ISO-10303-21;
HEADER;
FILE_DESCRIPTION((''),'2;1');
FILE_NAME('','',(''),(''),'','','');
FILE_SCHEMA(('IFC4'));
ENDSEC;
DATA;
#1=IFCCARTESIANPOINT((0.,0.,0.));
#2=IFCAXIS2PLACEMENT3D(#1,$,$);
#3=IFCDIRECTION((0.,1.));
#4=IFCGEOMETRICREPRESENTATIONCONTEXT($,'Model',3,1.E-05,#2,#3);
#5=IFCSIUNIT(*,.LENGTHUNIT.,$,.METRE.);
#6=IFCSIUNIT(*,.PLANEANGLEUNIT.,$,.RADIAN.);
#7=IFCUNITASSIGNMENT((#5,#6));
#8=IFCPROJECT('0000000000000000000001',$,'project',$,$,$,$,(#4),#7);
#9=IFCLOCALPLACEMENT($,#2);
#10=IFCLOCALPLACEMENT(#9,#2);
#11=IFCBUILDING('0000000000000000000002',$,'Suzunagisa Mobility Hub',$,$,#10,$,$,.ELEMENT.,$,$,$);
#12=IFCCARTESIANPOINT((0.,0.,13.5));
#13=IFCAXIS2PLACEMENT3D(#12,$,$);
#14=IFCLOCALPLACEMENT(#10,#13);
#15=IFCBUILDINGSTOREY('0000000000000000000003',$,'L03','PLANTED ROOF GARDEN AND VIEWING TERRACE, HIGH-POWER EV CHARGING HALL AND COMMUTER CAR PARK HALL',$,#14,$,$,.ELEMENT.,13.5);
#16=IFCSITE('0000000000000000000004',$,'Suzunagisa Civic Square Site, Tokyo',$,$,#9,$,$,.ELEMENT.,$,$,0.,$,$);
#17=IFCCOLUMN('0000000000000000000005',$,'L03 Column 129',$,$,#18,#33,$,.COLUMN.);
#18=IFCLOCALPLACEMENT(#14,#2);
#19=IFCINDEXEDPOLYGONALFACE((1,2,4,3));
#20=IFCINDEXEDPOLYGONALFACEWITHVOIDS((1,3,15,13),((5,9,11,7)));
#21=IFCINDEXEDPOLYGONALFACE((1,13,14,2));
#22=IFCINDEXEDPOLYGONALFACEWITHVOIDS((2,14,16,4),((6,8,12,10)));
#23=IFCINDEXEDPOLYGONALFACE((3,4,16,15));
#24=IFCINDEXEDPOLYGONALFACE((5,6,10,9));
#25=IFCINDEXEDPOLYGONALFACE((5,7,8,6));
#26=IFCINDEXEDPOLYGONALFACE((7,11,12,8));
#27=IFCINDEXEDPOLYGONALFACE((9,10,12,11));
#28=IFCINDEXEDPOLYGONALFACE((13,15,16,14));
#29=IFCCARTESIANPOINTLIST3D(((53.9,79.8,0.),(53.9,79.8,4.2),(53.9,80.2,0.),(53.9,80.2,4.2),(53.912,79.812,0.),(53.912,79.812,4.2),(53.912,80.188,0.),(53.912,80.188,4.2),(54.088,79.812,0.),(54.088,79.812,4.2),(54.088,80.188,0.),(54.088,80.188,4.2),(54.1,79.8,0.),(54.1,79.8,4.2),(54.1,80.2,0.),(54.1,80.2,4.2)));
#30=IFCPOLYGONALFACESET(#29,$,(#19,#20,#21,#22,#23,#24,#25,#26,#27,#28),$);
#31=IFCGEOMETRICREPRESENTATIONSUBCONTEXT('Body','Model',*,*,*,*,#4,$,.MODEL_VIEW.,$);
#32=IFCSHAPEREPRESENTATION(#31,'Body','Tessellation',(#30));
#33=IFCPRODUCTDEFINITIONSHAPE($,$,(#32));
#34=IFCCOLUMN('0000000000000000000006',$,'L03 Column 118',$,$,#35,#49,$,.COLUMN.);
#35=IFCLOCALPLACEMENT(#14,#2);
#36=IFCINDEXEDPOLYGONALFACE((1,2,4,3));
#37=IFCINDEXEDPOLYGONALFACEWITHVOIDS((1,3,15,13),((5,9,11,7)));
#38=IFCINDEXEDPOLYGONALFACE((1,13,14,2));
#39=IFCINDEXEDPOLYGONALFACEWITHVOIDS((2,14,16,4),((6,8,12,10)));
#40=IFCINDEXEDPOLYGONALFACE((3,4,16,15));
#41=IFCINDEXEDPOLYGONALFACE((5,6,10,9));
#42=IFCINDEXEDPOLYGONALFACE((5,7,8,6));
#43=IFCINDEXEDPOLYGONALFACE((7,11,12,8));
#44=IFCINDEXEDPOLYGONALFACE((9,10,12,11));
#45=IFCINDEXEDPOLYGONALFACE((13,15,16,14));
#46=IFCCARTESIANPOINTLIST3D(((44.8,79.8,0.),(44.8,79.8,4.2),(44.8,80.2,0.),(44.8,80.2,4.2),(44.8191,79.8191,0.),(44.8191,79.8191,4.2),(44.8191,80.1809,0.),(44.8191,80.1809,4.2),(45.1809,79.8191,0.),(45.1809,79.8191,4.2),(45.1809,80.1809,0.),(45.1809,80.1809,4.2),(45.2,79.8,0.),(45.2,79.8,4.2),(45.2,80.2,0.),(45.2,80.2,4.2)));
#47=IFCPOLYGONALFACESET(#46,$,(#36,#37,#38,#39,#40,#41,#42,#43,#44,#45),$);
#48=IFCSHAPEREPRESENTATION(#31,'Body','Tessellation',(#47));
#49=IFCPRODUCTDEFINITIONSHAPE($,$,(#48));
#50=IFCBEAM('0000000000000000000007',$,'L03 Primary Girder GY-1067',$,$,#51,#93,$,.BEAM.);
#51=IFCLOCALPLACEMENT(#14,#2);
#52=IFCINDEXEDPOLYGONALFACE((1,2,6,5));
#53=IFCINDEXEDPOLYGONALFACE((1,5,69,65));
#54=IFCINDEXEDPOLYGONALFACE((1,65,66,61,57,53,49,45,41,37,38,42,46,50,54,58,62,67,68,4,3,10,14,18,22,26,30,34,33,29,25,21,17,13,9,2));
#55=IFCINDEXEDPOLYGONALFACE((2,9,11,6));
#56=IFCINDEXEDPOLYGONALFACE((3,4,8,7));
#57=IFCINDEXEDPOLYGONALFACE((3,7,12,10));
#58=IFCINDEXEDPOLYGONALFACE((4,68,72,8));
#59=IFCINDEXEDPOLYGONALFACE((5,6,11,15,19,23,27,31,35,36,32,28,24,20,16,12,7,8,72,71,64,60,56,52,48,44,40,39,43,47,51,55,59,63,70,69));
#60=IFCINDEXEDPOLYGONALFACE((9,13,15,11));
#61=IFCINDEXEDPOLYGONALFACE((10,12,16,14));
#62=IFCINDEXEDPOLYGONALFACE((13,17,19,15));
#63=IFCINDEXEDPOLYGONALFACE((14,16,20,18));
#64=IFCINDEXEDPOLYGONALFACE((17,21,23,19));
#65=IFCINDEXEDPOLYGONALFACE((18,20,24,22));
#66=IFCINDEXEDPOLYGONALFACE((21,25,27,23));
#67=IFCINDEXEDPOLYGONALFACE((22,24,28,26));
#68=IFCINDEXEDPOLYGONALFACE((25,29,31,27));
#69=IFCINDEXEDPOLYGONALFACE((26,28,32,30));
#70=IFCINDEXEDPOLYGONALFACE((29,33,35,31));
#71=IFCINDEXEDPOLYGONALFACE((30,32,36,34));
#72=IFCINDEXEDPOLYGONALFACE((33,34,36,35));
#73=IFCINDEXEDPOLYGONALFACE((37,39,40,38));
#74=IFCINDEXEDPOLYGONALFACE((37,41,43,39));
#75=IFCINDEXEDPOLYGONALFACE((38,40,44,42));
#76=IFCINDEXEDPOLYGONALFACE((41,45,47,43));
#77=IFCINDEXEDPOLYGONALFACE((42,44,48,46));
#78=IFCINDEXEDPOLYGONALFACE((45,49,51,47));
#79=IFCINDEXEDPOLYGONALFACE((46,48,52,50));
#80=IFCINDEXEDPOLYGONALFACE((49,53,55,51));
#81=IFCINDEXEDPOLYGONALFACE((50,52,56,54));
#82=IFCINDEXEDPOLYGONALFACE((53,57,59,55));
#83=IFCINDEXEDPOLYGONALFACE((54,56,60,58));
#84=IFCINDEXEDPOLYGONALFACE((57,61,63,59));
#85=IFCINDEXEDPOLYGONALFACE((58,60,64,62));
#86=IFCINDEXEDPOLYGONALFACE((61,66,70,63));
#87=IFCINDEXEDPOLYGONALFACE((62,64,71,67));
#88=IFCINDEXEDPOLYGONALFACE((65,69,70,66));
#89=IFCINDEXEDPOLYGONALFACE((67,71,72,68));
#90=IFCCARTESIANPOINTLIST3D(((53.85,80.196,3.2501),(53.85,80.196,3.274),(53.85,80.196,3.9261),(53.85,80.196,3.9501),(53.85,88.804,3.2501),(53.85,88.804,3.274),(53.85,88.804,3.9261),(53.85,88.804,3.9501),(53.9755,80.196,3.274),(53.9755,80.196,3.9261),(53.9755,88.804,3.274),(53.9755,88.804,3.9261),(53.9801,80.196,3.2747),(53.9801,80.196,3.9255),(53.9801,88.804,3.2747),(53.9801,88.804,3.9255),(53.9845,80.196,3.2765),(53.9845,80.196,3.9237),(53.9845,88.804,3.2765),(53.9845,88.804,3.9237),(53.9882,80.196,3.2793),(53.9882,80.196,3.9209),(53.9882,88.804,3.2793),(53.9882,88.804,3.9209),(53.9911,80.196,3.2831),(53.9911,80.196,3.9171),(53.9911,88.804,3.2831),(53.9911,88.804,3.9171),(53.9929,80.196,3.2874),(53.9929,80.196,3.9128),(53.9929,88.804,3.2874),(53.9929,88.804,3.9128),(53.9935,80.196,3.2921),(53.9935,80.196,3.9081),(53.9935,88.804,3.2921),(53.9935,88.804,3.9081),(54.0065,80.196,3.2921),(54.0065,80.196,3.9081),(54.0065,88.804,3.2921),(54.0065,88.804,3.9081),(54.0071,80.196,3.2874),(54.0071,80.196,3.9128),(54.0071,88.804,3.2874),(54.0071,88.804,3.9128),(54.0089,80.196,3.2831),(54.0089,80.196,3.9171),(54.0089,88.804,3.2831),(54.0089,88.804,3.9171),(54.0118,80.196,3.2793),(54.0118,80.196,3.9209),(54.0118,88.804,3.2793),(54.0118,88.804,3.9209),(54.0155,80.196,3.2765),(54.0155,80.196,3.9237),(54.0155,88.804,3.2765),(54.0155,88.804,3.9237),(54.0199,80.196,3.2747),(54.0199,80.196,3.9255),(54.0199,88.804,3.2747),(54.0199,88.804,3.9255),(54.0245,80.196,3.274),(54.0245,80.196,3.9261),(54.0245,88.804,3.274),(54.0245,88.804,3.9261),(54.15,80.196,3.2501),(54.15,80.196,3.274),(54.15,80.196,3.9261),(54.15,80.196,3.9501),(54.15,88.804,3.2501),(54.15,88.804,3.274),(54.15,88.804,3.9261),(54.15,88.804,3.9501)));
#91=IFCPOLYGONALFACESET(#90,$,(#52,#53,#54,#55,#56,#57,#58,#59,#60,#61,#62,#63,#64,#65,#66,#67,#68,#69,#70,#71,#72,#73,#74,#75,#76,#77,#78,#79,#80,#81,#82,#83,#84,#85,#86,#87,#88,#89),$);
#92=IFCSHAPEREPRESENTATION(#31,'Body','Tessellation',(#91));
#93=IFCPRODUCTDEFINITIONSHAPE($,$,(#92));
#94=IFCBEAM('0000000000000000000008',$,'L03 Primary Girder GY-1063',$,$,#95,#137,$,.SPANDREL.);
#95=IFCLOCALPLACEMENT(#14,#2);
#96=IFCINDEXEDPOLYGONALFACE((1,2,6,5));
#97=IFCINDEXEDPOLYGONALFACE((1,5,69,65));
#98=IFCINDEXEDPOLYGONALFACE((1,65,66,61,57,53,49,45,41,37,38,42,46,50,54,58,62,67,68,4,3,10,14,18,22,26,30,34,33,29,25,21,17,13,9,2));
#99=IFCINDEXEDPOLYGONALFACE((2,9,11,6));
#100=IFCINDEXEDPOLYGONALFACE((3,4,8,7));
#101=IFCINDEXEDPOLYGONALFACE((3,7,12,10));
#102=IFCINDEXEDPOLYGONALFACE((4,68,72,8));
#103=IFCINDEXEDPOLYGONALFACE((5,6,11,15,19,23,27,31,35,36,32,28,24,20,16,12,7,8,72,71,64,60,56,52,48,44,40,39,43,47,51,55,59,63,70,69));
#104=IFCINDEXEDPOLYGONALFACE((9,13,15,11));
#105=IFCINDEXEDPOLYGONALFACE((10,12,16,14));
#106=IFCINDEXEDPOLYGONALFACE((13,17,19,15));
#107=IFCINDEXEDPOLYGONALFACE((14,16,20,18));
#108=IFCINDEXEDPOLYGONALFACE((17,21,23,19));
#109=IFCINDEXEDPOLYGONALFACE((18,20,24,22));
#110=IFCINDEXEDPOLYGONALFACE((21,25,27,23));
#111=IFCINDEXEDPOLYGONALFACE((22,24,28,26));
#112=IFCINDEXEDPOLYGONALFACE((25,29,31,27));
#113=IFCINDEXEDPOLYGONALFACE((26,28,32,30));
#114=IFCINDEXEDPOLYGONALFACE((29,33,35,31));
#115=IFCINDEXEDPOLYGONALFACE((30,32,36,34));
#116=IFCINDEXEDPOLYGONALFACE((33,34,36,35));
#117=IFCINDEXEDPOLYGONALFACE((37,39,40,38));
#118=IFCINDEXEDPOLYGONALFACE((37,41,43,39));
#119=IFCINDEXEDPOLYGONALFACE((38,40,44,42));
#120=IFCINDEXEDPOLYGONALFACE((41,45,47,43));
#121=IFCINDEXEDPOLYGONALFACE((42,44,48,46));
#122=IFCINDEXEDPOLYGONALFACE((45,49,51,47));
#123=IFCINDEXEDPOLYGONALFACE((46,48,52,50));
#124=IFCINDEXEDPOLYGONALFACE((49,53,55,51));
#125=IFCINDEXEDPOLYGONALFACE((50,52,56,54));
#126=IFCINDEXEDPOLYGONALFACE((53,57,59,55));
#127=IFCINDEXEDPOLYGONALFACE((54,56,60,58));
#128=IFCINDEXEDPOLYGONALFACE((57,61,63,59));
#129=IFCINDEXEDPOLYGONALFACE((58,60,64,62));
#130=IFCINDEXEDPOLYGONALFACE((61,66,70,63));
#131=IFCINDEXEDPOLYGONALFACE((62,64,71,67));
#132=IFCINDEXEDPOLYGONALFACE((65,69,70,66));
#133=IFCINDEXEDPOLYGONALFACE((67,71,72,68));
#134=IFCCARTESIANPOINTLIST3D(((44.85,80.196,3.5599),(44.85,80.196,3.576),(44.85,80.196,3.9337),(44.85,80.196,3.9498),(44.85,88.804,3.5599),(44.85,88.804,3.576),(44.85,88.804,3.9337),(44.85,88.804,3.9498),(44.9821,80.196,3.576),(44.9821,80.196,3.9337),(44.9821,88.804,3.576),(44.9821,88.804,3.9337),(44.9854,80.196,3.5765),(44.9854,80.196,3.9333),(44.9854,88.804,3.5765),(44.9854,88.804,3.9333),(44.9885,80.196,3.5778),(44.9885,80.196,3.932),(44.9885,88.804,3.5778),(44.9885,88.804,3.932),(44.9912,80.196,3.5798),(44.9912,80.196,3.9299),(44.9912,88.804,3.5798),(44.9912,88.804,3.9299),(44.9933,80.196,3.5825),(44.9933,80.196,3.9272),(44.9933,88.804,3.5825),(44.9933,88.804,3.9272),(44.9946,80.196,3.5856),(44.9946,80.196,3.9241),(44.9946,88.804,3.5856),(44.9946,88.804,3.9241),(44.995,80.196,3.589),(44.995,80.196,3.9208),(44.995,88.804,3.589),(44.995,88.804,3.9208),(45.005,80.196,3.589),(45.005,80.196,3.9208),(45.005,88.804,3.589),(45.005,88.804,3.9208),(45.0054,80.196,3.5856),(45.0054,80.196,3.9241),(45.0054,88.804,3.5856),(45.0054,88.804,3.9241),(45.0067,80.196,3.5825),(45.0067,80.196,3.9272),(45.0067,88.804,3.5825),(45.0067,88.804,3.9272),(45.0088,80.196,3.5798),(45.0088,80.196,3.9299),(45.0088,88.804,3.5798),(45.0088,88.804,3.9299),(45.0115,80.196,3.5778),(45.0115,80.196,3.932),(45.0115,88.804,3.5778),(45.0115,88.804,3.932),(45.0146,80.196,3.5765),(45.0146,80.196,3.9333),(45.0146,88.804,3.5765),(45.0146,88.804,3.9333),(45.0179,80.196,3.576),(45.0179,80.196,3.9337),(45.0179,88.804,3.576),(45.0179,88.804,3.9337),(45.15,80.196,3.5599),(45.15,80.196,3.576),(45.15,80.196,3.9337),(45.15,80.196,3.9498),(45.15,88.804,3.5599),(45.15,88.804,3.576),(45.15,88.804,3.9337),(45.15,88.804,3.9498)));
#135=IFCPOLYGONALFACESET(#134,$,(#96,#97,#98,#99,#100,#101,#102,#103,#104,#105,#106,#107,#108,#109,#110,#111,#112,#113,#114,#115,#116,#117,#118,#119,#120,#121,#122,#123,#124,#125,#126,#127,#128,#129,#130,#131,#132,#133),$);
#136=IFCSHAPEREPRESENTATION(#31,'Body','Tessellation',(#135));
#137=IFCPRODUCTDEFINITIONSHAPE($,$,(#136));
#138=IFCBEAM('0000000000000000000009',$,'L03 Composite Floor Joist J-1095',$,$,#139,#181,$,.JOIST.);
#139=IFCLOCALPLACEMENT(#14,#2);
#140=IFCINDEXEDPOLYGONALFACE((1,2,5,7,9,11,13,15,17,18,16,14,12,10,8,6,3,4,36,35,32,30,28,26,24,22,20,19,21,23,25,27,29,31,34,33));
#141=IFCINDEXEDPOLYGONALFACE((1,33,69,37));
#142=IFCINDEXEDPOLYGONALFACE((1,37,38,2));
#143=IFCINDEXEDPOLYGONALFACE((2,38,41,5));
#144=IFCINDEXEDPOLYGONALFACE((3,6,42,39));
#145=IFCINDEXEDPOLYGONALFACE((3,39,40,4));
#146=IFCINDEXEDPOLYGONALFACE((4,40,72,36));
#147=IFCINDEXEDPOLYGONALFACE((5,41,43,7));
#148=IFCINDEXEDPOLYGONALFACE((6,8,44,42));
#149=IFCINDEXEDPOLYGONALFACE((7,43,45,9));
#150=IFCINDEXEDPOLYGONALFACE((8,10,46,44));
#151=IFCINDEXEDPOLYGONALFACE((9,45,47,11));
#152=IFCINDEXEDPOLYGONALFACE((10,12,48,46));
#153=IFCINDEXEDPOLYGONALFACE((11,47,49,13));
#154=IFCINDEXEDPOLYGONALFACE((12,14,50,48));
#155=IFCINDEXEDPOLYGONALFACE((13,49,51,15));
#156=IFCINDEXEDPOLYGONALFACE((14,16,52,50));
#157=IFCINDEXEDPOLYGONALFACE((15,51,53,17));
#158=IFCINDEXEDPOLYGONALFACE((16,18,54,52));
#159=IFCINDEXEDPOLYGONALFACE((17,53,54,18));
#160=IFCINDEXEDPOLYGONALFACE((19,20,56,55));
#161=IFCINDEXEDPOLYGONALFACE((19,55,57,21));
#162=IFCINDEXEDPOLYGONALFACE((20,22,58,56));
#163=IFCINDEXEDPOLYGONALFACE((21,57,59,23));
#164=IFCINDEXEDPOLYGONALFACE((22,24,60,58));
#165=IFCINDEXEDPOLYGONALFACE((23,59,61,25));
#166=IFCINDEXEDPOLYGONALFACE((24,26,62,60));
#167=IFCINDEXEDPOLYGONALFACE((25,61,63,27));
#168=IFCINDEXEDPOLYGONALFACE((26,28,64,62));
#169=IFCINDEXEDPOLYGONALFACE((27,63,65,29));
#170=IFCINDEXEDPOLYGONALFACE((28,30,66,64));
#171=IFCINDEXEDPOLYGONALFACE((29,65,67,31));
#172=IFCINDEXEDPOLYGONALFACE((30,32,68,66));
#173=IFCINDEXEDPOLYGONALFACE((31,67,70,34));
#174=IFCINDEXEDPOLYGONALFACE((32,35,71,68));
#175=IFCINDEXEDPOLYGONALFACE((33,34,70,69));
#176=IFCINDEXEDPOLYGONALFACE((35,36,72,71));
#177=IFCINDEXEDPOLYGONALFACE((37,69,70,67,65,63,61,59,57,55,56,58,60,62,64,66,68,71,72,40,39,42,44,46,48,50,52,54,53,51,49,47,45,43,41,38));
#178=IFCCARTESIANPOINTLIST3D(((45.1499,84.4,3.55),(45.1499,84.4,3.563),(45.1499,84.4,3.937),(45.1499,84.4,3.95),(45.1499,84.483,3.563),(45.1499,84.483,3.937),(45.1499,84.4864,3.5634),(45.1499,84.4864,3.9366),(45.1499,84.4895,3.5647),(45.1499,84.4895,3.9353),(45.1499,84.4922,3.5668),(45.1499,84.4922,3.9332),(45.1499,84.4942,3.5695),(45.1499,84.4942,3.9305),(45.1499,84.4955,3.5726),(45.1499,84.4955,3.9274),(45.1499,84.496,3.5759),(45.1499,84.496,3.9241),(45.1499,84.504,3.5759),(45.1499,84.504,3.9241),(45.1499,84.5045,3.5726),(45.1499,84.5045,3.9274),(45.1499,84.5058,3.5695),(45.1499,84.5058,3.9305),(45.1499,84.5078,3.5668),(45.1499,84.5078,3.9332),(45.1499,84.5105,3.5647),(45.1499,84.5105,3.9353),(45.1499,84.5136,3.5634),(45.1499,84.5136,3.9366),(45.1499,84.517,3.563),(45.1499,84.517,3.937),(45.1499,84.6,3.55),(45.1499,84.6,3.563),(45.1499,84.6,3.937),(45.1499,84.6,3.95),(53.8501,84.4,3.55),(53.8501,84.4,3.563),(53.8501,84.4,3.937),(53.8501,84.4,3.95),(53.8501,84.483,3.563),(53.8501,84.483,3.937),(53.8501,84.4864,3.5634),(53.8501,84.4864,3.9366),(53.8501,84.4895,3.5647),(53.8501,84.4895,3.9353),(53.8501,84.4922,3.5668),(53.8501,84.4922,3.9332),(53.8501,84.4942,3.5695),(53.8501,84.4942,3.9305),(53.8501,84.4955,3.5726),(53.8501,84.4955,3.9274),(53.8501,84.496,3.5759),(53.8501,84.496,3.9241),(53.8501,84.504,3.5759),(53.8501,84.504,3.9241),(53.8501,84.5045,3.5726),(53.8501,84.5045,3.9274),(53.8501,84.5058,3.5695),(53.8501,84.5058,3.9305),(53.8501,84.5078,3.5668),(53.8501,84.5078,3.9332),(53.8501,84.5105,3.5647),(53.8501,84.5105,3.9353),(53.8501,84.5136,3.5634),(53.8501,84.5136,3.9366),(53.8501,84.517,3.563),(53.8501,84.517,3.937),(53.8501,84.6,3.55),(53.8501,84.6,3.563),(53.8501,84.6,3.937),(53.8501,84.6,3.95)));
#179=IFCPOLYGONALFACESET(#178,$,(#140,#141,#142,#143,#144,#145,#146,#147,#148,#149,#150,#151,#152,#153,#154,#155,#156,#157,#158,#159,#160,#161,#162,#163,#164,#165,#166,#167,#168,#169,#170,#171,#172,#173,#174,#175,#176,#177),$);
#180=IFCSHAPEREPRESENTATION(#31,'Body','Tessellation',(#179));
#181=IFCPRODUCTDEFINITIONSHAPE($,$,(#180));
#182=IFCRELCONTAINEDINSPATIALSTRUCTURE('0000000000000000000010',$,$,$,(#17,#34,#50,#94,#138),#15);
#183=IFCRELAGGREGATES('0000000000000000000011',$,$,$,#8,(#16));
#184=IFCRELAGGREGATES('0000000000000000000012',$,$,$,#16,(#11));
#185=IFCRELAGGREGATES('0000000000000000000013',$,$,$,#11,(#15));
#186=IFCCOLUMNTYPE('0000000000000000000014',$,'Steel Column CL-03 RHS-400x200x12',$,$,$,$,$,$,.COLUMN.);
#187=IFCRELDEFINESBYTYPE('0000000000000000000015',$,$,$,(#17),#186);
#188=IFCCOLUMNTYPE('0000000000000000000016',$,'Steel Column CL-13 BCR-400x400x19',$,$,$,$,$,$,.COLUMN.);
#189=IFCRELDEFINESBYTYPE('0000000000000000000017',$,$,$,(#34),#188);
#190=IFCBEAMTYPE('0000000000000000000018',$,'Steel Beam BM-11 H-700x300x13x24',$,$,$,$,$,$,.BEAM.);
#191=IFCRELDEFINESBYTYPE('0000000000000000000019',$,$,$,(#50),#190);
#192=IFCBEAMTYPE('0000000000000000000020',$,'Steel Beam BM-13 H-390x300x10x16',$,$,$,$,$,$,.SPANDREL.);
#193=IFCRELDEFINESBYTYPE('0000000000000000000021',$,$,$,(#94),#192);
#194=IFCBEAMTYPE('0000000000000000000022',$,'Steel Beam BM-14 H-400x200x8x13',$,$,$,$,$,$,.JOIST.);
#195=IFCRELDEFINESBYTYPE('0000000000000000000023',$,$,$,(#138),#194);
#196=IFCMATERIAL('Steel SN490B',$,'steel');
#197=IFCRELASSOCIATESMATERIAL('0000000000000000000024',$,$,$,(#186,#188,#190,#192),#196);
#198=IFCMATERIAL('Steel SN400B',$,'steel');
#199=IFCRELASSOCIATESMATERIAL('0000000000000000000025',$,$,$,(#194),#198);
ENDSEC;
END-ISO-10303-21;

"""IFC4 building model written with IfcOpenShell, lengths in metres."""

from ifc_helpers import new_model, si_unit, direction, frame, origin, origin_2d, place, context, subcontext, project, spatial, hollow_rectangle, i_section, extrude, material, material_profile, profile_set, type_object, element, save


model = new_model("IFC4")

# Units and contexts
model_context = context("Model", 3, precision=1e-05, world=origin(), true_north=direction((0.0, 1.0)))
body_context = subcontext(model_context, "Body", "Model", "MODEL_VIEW")
ifc_project = project(units=[si_unit("LENGTHUNIT", "METRE"), si_unit("PLANEANGLEUNIT", "RADIAN")], contexts=[model_context])

# Site, building, storey
site_placement = place(None, origin())
site = spatial("IfcSite", under=ifc_project, at=site_placement, Name="Suzunagisa Civic Square Site, Tokyo", CompositionType="ELEMENT", RefElevation=0.0)
building_placement = place(site_placement, origin())
building = spatial("IfcBuilding", under=site, at=building_placement, Name="Suzunagisa Mobility Hub", CompositionType="ELEMENT")
storey_placement = place(building_placement, frame((0.0, 0.0, 13.5)))
storey = spatial("IfcBuildingStorey", under=building, at=storey_placement, Name="L03", Description="PLANTED ROOF GARDEN AND VIEWING TERRACE, HIGH-POWER EV CHARGING HALL AND COMMUTER CAR PARK HALL", CompositionType="ELEMENT", Elevation=13.5)

# Columns
ifc_material_1 = material(Name="Steel SN490B", Category="steel")
ifc_material_profile_1 = material_profile(ifc_material_1, hollow_rectangle(XDim=0.2, YDim=0.3999, WallThickness=0.012, at=origin_2d()), Name="RHS-400x200x12")
ifc_profile_set_1 = profile_set([ifc_material_profile_1], Name="Steel SN490B")
column_type_1 = type_object("IfcColumnType", Name="Steel Column CL-03 RHS-400x200x12", PredefinedType="COLUMN", material=ifc_profile_set_1)
column_1_placement = place(storey_placement, frame((54.0, 80.0, 0.0), z_axis=(0.0, 0.0, 1.0), x_axis=(1.0, 0.0, 0.0)))
element("IfcColumn", 1, at=column_1_placement, inside=storey, type_object=column_type_1, Name="L03 Column 129", PredefinedType="COLUMN", context=body_context, shape_type="SweptSolid", body=[
    extrude(hollow_rectangle(XDim=0.2, YDim=0.3999, WallThickness=0.012, at=origin_2d()), origin(), (0.0, 0.0, 1.0), 4.2),
])
ifc_material_profile_2 = material_profile(ifc_material_1, hollow_rectangle(XDim=0.3999, YDim=0.3999, WallThickness=0.019, at=origin_2d()), Name="BCR-400x400x19")
ifc_profile_set_2 = profile_set([ifc_material_profile_2], Name="Steel SN490B")
column_type_2 = type_object("IfcColumnType", Name="Steel Column CL-13 BCR-400x400x19", PredefinedType="COLUMN", material=ifc_profile_set_2)
column_2_placement = place(storey_placement, frame((45.0, 80.0, 0.0), z_axis=(0.0, 0.0, 1.0), x_axis=(1.0, 0.0, 0.0)))
element("IfcColumn", 2, at=column_2_placement, inside=storey, type_object=column_type_2, Name="L03 Column 118", PredefinedType="COLUMN", context=body_context, shape_type="SweptSolid", body=[
    extrude(hollow_rectangle(XDim=0.3999, YDim=0.3999, WallThickness=0.019, at=origin_2d()), origin(), (0.0, 0.0, 1.0), 4.2),
])

# Beams
ifc_material_profile_3 = material_profile(ifc_material_1, i_section(OverallWidth=0.3, OverallDepth=0.7, WebThickness=0.0129, FlangeThickness=0.0239, FilletRadius=0.0181, at=origin_2d()), Name="H-700x300x13x24")
ifc_profile_set_3 = profile_set([ifc_material_profile_3], Name="Steel SN490B")
beam_type_1 = type_object("IfcBeamType", Name="Steel Beam BM-11 H-700x300x13x24", PredefinedType="BEAM", material=ifc_profile_set_3)
beam_1_placement = place(storey_placement, frame((54.0, 80.196, 3.6001), z_axis=(0.0, 1.0, 0.0), x_axis=(-1.0, 0.0, 0.0)))
element("IfcBeam", 3, at=beam_1_placement, inside=storey, type_object=beam_type_1, Name="L03 Primary Girder GY-1067", PredefinedType="BEAM", context=body_context, shape_type="SweptSolid", body=[
    extrude(i_section(OverallWidth=0.3, OverallDepth=0.7, WebThickness=0.0129, FlangeThickness=0.0239, FilletRadius=0.0181, at=origin_2d()), origin(), (0.0, 0.0, 1.0), 8.6079),
])
ifc_material_profile_4 = material_profile(ifc_material_1, i_section(OverallWidth=0.3, OverallDepth=0.3899, WebThickness=0.01, FlangeThickness=0.0161, FilletRadius=0.0129, at=origin_2d()), Name="H-390x300x10x16")
ifc_profile_set_4 = profile_set([ifc_material_profile_4], Name="Steel SN490B")
beam_type_2 = type_object("IfcBeamType", Name="Steel Beam BM-13 H-390x300x10x16", PredefinedType="SPANDREL", material=ifc_profile_set_4)
beam_2_placement = place(storey_placement, frame((45.0, 80.196, 3.7549), z_axis=(0.0, 1.0, 0.0), x_axis=(-1.0, 0.0, 0.0)))
element("IfcBeam", 4, at=beam_2_placement, inside=storey, type_object=beam_type_2, Name="L03 Primary Girder GY-1063", PredefinedType="SPANDREL", context=body_context, shape_type="SweptSolid", body=[
    extrude(i_section(OverallWidth=0.3, OverallDepth=0.3899, WebThickness=0.01, FlangeThickness=0.0161, FilletRadius=0.0129, at=origin_2d()), origin(), (0.0, 0.0, 1.0), 8.6079),
])
ifc_material_2 = material(Name="Steel SN400B", Category="steel")
ifc_material_profile_5 = material_profile(ifc_material_2, i_section(OverallWidth=0.2, OverallDepth=0.3999, WebThickness=0.0081, FlangeThickness=0.0129, FilletRadius=0.0129, at=origin_2d()), Name="H-400x200x8x13")
ifc_profile_set_5 = profile_set([ifc_material_profile_5], Name="Steel SN400B")
beam_type_3 = type_object("IfcBeamType", Name="Steel Beam BM-14 H-400x200x8x13", PredefinedType="JOIST", material=ifc_profile_set_5)
beam_3_placement = place(storey_placement, frame((45.1499, 84.5, 3.75), z_axis=(1.0, 0.0, 0.0), x_axis=(0.0, 1.0, 0.0)))
element("IfcBeam", 5, at=beam_3_placement, inside=storey, type_object=beam_type_3, Name="L03 Composite Floor Joist J-1095", PredefinedType="JOIST", context=body_context, shape_type="SweptSolid", body=[
    extrude(i_section(OverallWidth=0.2, OverallDepth=0.3999, WebThickness=0.0081, FlangeThickness=0.0129, FilletRadius=0.0129, at=origin_2d()), origin(), (0.0, 0.0, 1.0), 8.7002),
])

save(model, "model.ifc")
